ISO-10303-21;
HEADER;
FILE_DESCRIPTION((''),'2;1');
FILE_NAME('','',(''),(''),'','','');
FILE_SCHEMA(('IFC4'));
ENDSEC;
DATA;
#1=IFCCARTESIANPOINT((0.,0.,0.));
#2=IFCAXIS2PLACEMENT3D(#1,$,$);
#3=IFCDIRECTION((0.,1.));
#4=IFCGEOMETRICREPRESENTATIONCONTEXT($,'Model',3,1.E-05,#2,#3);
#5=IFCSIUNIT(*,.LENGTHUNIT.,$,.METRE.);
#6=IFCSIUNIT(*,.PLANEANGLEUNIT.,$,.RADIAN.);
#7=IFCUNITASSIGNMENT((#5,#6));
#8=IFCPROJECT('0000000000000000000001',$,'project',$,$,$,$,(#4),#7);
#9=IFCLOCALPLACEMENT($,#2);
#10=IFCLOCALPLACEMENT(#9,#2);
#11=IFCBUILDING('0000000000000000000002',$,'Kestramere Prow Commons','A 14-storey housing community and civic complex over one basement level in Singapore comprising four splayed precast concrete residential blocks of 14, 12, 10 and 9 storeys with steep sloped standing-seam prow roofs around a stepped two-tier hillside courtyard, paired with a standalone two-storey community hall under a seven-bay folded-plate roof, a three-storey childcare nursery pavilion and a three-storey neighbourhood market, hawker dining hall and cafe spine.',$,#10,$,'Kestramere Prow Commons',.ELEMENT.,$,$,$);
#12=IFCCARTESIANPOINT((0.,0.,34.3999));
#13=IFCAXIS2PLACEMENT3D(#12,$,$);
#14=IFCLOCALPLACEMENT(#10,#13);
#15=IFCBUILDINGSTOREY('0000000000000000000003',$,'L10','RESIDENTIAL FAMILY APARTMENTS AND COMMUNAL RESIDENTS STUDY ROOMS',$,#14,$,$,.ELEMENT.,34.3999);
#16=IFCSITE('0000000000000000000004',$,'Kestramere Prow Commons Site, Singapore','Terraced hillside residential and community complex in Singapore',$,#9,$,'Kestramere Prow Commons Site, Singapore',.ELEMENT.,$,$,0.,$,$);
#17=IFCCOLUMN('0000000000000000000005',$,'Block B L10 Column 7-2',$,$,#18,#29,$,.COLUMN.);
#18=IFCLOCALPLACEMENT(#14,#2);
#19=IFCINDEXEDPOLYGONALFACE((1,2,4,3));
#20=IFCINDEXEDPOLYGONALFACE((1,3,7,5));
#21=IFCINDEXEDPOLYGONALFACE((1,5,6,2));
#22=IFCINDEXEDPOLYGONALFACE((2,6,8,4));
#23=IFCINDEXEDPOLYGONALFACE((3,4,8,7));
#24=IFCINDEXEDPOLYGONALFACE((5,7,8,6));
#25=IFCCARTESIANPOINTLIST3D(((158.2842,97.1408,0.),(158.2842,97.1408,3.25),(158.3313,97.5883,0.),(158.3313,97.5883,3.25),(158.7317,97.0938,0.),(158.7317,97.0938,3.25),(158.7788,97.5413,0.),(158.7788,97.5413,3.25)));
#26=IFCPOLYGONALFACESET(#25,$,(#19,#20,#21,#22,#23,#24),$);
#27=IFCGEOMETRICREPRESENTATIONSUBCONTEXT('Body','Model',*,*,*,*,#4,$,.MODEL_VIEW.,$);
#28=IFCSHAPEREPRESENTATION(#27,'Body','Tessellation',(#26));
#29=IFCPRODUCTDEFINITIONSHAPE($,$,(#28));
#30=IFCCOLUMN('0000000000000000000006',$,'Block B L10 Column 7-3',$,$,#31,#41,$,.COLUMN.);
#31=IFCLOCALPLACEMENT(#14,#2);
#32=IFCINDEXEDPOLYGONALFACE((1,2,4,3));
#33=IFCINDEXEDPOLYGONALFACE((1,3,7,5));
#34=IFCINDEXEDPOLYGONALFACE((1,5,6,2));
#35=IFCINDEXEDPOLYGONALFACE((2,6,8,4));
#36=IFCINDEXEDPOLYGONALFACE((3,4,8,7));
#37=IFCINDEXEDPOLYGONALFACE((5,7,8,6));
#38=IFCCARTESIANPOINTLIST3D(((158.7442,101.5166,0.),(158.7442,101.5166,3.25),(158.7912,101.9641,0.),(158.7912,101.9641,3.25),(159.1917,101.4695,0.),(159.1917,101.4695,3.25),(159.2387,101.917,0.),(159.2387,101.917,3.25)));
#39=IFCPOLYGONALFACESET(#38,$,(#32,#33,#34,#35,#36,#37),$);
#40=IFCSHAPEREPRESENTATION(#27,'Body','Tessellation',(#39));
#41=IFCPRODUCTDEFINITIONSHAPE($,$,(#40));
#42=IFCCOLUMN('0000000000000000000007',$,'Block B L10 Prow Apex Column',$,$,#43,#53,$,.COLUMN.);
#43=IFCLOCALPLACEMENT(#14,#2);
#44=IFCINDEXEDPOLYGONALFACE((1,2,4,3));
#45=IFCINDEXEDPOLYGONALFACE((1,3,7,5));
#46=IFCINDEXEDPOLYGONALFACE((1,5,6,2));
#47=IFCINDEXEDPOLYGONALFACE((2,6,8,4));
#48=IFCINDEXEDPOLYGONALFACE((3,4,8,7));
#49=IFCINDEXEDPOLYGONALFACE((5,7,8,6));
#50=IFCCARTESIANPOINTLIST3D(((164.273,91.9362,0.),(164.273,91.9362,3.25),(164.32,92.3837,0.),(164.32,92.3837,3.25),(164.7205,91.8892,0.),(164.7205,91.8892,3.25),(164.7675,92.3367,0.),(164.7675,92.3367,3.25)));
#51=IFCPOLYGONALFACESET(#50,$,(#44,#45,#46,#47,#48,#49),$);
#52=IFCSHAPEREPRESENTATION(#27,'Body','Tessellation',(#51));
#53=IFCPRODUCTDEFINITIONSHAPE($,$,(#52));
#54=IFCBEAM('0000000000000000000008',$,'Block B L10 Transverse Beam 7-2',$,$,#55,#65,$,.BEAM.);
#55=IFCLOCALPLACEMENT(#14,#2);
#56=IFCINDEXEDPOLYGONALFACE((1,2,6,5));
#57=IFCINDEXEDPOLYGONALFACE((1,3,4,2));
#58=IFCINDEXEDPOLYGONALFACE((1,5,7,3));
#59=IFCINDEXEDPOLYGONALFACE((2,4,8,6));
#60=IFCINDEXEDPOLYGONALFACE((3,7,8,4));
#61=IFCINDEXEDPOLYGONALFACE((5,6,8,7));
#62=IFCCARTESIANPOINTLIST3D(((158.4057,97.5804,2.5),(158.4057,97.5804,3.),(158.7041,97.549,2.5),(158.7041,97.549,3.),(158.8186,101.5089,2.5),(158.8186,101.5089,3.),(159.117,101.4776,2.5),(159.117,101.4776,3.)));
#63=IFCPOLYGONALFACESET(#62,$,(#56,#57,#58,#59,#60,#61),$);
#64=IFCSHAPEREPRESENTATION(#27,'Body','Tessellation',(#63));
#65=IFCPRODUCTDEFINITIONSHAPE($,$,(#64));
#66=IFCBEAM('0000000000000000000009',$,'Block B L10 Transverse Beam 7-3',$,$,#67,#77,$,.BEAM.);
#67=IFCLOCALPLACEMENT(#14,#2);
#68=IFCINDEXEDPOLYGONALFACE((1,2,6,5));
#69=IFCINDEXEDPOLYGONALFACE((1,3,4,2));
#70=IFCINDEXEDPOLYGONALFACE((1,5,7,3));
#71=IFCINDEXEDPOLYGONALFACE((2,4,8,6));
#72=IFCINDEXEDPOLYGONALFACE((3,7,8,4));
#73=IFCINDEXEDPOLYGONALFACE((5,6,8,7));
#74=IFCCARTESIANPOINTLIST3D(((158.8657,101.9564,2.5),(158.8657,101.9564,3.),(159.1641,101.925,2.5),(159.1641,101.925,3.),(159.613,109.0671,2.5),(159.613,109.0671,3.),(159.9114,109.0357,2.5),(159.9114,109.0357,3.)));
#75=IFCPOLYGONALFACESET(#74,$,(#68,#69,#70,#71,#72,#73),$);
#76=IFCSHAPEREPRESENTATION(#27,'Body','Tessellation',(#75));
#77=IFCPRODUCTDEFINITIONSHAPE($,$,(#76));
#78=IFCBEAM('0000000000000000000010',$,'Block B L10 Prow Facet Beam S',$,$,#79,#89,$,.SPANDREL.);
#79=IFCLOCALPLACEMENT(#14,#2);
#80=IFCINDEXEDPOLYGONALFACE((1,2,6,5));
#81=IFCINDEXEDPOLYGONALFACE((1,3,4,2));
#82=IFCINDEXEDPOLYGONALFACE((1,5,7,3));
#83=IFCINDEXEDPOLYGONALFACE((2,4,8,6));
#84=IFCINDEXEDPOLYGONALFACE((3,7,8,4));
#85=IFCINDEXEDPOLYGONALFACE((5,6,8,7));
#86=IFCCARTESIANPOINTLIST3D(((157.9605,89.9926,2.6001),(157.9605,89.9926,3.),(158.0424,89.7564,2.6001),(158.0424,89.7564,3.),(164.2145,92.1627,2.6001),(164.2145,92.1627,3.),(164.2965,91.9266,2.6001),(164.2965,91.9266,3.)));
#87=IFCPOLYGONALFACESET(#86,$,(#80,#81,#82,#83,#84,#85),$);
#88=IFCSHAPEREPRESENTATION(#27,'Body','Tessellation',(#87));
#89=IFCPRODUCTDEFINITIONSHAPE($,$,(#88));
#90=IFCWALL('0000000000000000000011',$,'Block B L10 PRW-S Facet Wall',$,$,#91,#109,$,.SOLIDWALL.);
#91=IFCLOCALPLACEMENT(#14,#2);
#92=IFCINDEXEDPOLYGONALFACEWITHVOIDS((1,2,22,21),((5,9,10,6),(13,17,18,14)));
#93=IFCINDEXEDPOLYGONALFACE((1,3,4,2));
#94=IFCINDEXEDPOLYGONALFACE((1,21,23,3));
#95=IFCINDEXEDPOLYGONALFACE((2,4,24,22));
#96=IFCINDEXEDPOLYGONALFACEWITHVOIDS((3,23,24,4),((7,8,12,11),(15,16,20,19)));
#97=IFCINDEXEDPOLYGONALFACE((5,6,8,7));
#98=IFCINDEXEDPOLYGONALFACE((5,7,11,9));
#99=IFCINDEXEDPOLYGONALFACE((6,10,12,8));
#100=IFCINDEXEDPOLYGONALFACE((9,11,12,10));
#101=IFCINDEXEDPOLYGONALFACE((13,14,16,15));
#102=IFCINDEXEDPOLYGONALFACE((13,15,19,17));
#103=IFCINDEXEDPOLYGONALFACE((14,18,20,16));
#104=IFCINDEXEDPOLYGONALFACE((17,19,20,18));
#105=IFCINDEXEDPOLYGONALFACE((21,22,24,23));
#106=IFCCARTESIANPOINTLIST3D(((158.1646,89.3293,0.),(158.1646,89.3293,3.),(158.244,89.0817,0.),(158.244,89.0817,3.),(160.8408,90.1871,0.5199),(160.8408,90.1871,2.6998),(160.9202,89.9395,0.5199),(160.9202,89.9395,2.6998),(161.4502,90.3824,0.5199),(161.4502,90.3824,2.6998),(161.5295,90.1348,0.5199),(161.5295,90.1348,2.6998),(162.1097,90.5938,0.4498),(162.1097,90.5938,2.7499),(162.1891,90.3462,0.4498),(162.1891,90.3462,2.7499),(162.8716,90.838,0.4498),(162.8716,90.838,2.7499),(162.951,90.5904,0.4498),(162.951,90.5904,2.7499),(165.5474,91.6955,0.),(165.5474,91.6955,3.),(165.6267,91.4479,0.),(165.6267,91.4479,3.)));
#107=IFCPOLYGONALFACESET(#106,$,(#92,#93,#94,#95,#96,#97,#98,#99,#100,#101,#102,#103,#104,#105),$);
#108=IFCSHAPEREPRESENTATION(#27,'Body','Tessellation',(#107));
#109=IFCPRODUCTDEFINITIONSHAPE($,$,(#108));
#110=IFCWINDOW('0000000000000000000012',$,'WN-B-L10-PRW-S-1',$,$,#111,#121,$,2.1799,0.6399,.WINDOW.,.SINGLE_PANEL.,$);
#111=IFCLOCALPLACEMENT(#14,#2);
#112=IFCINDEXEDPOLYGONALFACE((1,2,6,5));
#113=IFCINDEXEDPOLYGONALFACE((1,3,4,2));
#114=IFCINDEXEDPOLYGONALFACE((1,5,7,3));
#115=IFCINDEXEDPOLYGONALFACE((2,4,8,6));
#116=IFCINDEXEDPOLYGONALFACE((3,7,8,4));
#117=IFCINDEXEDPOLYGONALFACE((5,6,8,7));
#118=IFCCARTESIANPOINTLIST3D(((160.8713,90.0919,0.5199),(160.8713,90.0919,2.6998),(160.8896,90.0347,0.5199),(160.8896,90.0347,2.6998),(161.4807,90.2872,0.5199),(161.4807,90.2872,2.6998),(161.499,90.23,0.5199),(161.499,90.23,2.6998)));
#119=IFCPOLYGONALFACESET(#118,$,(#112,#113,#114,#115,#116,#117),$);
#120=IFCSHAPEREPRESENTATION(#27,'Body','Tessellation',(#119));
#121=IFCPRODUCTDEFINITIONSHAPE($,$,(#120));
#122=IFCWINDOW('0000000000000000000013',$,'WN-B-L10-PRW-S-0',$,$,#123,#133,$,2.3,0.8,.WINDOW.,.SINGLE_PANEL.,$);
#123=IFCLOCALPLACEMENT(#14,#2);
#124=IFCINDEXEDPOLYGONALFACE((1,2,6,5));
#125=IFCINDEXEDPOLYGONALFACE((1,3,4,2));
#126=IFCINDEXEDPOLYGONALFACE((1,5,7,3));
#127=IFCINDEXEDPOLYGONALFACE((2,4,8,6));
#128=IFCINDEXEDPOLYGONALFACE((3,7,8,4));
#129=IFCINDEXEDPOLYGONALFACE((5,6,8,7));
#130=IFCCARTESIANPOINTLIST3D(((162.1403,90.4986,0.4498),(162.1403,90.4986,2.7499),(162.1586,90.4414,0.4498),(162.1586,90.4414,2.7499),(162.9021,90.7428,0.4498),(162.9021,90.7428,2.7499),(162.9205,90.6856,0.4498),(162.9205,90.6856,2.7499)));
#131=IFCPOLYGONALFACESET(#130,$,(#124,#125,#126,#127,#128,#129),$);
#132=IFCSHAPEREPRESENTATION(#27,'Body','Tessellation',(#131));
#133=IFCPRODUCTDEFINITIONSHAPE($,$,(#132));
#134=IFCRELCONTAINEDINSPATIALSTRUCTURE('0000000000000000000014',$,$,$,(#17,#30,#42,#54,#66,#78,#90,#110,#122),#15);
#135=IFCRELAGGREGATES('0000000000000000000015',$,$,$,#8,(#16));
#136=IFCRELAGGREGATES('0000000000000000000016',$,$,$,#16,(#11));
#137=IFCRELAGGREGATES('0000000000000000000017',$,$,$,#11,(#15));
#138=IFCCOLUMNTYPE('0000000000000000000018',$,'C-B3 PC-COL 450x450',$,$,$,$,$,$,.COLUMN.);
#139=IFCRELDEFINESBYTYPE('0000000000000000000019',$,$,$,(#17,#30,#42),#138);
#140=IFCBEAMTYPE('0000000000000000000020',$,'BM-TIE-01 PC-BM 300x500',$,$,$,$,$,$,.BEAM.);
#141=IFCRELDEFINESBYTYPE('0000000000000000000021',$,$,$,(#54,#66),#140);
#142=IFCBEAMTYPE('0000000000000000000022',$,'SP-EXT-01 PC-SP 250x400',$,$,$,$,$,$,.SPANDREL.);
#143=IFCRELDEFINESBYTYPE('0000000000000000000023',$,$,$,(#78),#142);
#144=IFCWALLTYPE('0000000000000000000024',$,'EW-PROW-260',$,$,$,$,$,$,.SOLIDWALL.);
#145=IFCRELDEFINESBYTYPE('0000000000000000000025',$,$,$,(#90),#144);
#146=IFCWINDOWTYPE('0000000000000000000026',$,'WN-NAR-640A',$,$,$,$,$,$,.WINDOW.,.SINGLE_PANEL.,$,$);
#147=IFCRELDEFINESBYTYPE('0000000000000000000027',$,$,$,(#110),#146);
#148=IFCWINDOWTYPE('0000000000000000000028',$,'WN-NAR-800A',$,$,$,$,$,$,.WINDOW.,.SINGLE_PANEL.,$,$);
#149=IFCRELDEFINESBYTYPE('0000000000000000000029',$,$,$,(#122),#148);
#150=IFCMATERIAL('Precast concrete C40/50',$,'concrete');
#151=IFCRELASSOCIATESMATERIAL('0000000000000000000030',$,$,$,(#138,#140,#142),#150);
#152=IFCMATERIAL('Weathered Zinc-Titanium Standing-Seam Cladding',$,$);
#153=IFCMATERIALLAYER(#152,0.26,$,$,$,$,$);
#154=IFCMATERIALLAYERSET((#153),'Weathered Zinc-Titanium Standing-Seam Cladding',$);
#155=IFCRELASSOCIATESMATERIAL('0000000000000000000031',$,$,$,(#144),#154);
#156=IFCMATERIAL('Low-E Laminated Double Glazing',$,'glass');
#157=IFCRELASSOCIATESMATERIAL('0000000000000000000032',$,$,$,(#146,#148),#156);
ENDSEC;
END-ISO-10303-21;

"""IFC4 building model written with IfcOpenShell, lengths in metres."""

from ifc_helpers import new_model, si_unit, direction, frame, frame_2d, origin, origin_2d, place, context, subcontext, project, spatial, rectangle, extrude, material, layer, layer_set, material_profile, profile_set, type_object, element, fill, save


model = new_model("IFC4")

# Units and contexts
model_context = context("Model", 3, precision=1e-05, world=origin(), true_north=direction((0.0, 1.0)))
body_context = subcontext(model_context, "Body", "Model", "MODEL_VIEW")
ifc_project = project(units=[si_unit("LENGTHUNIT", "METRE"), si_unit("PLANEANGLEUNIT", "RADIAN")], contexts=[model_context])

# Site, building, storey
site_placement = place(None, origin())
site = spatial("IfcSite", under=ifc_project, at=site_placement, Name="Kestramere Prow Commons Site, Singapore", Description="Terraced hillside residential and community complex in Singapore", LongName="Kestramere Prow Commons Site, Singapore", CompositionType="ELEMENT", RefElevation=0.0)
building_placement = place(site_placement, origin())
building = spatial("IfcBuilding", under=site, at=building_placement, Name="Kestramere Prow Commons", Description="A 14-storey housing community and civic complex over one basement level in Singapore comprising four splayed precast concrete residential blocks of 14, 12, 10 and 9 storeys with steep sloped standing-seam prow roofs around a stepped two-tier hillside courtyard, paired with a standalone two-storey community hall under a seven-bay folded-plate roof, a three-storey childcare nursery pavilion and a three-storey neighbourhood market, hawker dining hall and cafe spine.", LongName="Kestramere Prow Commons", CompositionType="ELEMENT")
storey_placement = place(building_placement, frame((0.0, 0.0, 34.3999)))
storey = spatial("IfcBuildingStorey", under=building, at=storey_placement, Name="L10", Description="RESIDENTIAL FAMILY APARTMENTS AND COMMUNAL RESIDENTS STUDY ROOMS", CompositionType="ELEMENT", Elevation=34.3999)

# Columns
ifc_material_1 = material(Name="Precast concrete C40/50", Category="concrete")
ifc_material_profile_1 = material_profile(ifc_material_1, rectangle(XDim=0.45, YDim=0.45, at=origin_2d()), Name="PC-COL 450x450")
ifc_profile_set_1 = profile_set([ifc_material_profile_1], Name="Precast concrete C40/50")
column_type = type_object("IfcColumnType", Name="C-B3 PC-COL 450x450", PredefinedType="COLUMN", material=ifc_profile_set_1)
for number, where, z_axis, x_axis, name in (
    (1, (158.5315, 97.3411, 0.0), (0.0, 0.0, 1.0), (0.994522, -0.104528, 0.0), "Block B L10 Column 7-2"),
    (2, (158.9915, 101.7168, 0.0), (0.0, 0.0, 1.0), (0.994522, -0.104528, 0.0), "Block B L10 Column 7-3"),
    (3, (164.5203, 92.1365, 0.0), (0.0, 0.0, 1.0), (0.994522, -0.104528, 0.0), "Block B L10 Prow Apex Column"),
):
    element("IfcColumn", number, at=place(storey_placement, frame(where, z_axis=z_axis, x_axis=x_axis)), inside=storey, type_object=column_type, Name=name, PredefinedType="COLUMN", context=body_context, shape_type="SweptSolid", body=[
        extrude(rectangle(XDim=0.45, YDim=0.45, at=origin_2d()), origin(), (0.0, 0.0, 1.0), 3.25),
    ])

# Beams
ifc_material_profile_2 = material_profile(ifc_material_1, rectangle(XDim=0.3, YDim=0.5, at=origin_2d()), Name="PC-BM 300x500")
ifc_profile_set_2 = profile_set([ifc_material_profile_2], Name="Precast concrete C40/50")
beam_type_1 = type_object("IfcBeamType", Name="BM-TIE-01 PC-BM 300x500", PredefinedType="BEAM", material=ifc_profile_set_2)
beam_1_placement = place(storey_placement, frame((158.5549, 97.5647, 2.75), z_axis=(0.104514, 0.994523, 0.0), x_axis=(-0.994523, 0.104514, 0.0)))
element("IfcBeam", 4, at=beam_1_placement, inside=storey, type_object=beam_type_1, Name="Block B L10 Transverse Beam 7-2", PredefinedType="BEAM", context=body_context, shape_type="SweptSolid", body=[
    extrude(rectangle(XDim=0.3, YDim=0.5, at=origin_2d()), origin(), (0.0, 0.0, 1.0), 3.9502),
])
beam_2_placement = place(storey_placement, frame((159.0149, 101.9407, 2.75), z_axis=(0.104519, 0.994523, 0.0), x_axis=(-0.994523, 0.104519, 0.0)))
element("IfcBeam", 5, at=beam_2_placement, inside=storey, type_object=beam_type_1, Name="Block B L10 Transverse Beam 7-3", PredefinedType="BEAM", context=body_context, shape_type="SweptSolid", body=[
    extrude(rectangle(XDim=0.3, YDim=0.5, at=origin_2d()), origin(), (0.0, 0.0, 1.0), 7.1499),
])
ifc_material_profile_3 = material_profile(ifc_material_1, rectangle(XDim=0.25, YDim=0.3999, at=origin_2d()), Name="PC-SP 250x400")
ifc_profile_set_3 = profile_set([ifc_material_profile_3], Name="Precast concrete C40/50")
beam_type_2 = type_object("IfcBeamType", Name="SP-EXT-01 PC-SP 250x400", PredefinedType="SPANDREL", material=ifc_profile_set_3)
beam_3_placement = place(storey_placement, frame((158.0015, 89.8745, 2.8), z_axis=(0.94474, 0.327821, 0.0), x_axis=(-0.327821, 0.94474, 0.0)))
element("IfcBeam", 6, at=beam_3_placement, inside=storey, type_object=beam_type_2, Name="Block B L10 Prow Facet Beam S", PredefinedType="SPANDREL", context=body_context, shape_type="SweptSolid", body=[
    extrude(rectangle(XDim=0.25, YDim=0.3999, at=origin_2d()), origin(), (0.0, 0.0, 1.0), 6.6199),
])

# Wall, openings, windows
ifc_material_2 = material(Name="Weathered Zinc-Titanium Standing-Seam Cladding")
ifc_layer_1 = layer(ifc_material_2, 0.26)
ifc_layer_set_1 = layer_set([ifc_layer_1], Name="Weathered Zinc-Titanium Standing-Seam Cladding")
wall_type_1 = type_object("IfcWallType", Name="EW-PROW-260", PredefinedType="SOLIDWALL", material=ifc_layer_set_1)
wall_1_placement = place(storey_placement, frame((165.5872, 91.5718, 0.0), z_axis=(0.0, 0.0, 1.0), x_axis=(-0.952285, -0.30521, 0.0)))
wall_1 = element("IfcWall", 7, at=wall_1_placement, inside=storey, type_object=wall_type_1, Name="Block B L10 PRW-S Facet Wall", PredefinedType="SOLIDWALL", context=body_context, shape_type="SweptSolid", body=[
    extrude(rectangle(XDim=7.7527, YDim=0.26, at=frame_2d((3.8765, 0.0))), origin(), (0.0, 0.0, 1.0), 3.0),
])
opening_1_placement = place(wall_1_placement, frame((2.8101, 0.0, 0.45)))
opening_1 = element("IfcOpeningElement", 8, at=opening_1_placement, cuts=wall_1, PredefinedType="OPENING", context=body_context, shape_type="SweptSolid", body=[
    extrude(rectangle(XDim=0.8, YDim=2.3, at=frame_2d((0.3999, 1.1499))), frame((0.0, 0.145, 0.0), z_axis=(0.0, -1.0, 0.0), x_axis=(1.0, 0.0, 0.0)), (0.0, 0.0, 1.0), 0.29),
])
opening_2_placement = place(wall_1_placement, frame((4.3027, 0.0, 0.52)))
opening_2 = element("IfcOpeningElement", 9, at=opening_2_placement, cuts=wall_1, PredefinedType="OPENING", context=body_context, shape_type="SweptSolid", body=[
    extrude(rectangle(XDim=0.6399, YDim=2.1799, at=frame_2d((0.3198, 1.0898))), frame((0.0, 0.145, 0.0), z_axis=(0.0, -1.0, 0.0), x_axis=(1.0, 0.0, 0.0)), (0.0, 0.0, 1.0), 0.29),
])
ifc_material_3 = material(Name="Low-E Laminated Double Glazing", Category="glass")
window_type_1 = type_object("IfcWindowType", Name="WN-NAR-640A", PartitioningType="SINGLE_PANEL", PredefinedType="WINDOW", material=ifc_material_3)
window_1_placement = place(opening_2_placement, origin())
window_1 = element("IfcWindow", 10, at=window_1_placement, inside=storey, type_object=window_type_1, Name="WN-B-L10-PRW-S-1", OverallHeight=2.1799, OverallWidth=0.6399, PartitioningType="SINGLE_PANEL", PredefinedType="WINDOW", context=body_context, shape_type="SweptSolid", body=[
    extrude(rectangle(XDim=0.6399, YDim=2.1799, at=frame_2d((0.3198, 1.0898))), frame((0.0, 0.03, 0.0), z_axis=(0.0, -1.0, 0.0), x_axis=(1.0, 0.0, 0.0)), (0.0, 0.0, 1.0), 0.0601),
])
fill(opening_2, window_1)
window_type_2 = type_object("IfcWindowType", Name="WN-NAR-800A", PartitioningType="SINGLE_PANEL", PredefinedType="WINDOW", material=ifc_material_3)
window_2_placement = place(opening_1_placement, origin())
window_2 = element("IfcWindow", 11, at=window_2_placement, inside=storey, type_object=window_type_2, Name="WN-B-L10-PRW-S-0", OverallHeight=2.3, OverallWidth=0.8, PartitioningType="SINGLE_PANEL", PredefinedType="WINDOW", context=body_context, shape_type="SweptSolid", body=[
    extrude(rectangle(XDim=0.8, YDim=2.3, at=frame_2d((0.3999, 1.1499))), frame((0.0, 0.03, 0.0), z_axis=(0.0, -1.0, 0.0), x_axis=(1.0, 0.0, 0.0)), (0.0, 0.0, 1.0), 0.0601),
])
fill(opening_1, window_2)

save(model, "model.ifc")
